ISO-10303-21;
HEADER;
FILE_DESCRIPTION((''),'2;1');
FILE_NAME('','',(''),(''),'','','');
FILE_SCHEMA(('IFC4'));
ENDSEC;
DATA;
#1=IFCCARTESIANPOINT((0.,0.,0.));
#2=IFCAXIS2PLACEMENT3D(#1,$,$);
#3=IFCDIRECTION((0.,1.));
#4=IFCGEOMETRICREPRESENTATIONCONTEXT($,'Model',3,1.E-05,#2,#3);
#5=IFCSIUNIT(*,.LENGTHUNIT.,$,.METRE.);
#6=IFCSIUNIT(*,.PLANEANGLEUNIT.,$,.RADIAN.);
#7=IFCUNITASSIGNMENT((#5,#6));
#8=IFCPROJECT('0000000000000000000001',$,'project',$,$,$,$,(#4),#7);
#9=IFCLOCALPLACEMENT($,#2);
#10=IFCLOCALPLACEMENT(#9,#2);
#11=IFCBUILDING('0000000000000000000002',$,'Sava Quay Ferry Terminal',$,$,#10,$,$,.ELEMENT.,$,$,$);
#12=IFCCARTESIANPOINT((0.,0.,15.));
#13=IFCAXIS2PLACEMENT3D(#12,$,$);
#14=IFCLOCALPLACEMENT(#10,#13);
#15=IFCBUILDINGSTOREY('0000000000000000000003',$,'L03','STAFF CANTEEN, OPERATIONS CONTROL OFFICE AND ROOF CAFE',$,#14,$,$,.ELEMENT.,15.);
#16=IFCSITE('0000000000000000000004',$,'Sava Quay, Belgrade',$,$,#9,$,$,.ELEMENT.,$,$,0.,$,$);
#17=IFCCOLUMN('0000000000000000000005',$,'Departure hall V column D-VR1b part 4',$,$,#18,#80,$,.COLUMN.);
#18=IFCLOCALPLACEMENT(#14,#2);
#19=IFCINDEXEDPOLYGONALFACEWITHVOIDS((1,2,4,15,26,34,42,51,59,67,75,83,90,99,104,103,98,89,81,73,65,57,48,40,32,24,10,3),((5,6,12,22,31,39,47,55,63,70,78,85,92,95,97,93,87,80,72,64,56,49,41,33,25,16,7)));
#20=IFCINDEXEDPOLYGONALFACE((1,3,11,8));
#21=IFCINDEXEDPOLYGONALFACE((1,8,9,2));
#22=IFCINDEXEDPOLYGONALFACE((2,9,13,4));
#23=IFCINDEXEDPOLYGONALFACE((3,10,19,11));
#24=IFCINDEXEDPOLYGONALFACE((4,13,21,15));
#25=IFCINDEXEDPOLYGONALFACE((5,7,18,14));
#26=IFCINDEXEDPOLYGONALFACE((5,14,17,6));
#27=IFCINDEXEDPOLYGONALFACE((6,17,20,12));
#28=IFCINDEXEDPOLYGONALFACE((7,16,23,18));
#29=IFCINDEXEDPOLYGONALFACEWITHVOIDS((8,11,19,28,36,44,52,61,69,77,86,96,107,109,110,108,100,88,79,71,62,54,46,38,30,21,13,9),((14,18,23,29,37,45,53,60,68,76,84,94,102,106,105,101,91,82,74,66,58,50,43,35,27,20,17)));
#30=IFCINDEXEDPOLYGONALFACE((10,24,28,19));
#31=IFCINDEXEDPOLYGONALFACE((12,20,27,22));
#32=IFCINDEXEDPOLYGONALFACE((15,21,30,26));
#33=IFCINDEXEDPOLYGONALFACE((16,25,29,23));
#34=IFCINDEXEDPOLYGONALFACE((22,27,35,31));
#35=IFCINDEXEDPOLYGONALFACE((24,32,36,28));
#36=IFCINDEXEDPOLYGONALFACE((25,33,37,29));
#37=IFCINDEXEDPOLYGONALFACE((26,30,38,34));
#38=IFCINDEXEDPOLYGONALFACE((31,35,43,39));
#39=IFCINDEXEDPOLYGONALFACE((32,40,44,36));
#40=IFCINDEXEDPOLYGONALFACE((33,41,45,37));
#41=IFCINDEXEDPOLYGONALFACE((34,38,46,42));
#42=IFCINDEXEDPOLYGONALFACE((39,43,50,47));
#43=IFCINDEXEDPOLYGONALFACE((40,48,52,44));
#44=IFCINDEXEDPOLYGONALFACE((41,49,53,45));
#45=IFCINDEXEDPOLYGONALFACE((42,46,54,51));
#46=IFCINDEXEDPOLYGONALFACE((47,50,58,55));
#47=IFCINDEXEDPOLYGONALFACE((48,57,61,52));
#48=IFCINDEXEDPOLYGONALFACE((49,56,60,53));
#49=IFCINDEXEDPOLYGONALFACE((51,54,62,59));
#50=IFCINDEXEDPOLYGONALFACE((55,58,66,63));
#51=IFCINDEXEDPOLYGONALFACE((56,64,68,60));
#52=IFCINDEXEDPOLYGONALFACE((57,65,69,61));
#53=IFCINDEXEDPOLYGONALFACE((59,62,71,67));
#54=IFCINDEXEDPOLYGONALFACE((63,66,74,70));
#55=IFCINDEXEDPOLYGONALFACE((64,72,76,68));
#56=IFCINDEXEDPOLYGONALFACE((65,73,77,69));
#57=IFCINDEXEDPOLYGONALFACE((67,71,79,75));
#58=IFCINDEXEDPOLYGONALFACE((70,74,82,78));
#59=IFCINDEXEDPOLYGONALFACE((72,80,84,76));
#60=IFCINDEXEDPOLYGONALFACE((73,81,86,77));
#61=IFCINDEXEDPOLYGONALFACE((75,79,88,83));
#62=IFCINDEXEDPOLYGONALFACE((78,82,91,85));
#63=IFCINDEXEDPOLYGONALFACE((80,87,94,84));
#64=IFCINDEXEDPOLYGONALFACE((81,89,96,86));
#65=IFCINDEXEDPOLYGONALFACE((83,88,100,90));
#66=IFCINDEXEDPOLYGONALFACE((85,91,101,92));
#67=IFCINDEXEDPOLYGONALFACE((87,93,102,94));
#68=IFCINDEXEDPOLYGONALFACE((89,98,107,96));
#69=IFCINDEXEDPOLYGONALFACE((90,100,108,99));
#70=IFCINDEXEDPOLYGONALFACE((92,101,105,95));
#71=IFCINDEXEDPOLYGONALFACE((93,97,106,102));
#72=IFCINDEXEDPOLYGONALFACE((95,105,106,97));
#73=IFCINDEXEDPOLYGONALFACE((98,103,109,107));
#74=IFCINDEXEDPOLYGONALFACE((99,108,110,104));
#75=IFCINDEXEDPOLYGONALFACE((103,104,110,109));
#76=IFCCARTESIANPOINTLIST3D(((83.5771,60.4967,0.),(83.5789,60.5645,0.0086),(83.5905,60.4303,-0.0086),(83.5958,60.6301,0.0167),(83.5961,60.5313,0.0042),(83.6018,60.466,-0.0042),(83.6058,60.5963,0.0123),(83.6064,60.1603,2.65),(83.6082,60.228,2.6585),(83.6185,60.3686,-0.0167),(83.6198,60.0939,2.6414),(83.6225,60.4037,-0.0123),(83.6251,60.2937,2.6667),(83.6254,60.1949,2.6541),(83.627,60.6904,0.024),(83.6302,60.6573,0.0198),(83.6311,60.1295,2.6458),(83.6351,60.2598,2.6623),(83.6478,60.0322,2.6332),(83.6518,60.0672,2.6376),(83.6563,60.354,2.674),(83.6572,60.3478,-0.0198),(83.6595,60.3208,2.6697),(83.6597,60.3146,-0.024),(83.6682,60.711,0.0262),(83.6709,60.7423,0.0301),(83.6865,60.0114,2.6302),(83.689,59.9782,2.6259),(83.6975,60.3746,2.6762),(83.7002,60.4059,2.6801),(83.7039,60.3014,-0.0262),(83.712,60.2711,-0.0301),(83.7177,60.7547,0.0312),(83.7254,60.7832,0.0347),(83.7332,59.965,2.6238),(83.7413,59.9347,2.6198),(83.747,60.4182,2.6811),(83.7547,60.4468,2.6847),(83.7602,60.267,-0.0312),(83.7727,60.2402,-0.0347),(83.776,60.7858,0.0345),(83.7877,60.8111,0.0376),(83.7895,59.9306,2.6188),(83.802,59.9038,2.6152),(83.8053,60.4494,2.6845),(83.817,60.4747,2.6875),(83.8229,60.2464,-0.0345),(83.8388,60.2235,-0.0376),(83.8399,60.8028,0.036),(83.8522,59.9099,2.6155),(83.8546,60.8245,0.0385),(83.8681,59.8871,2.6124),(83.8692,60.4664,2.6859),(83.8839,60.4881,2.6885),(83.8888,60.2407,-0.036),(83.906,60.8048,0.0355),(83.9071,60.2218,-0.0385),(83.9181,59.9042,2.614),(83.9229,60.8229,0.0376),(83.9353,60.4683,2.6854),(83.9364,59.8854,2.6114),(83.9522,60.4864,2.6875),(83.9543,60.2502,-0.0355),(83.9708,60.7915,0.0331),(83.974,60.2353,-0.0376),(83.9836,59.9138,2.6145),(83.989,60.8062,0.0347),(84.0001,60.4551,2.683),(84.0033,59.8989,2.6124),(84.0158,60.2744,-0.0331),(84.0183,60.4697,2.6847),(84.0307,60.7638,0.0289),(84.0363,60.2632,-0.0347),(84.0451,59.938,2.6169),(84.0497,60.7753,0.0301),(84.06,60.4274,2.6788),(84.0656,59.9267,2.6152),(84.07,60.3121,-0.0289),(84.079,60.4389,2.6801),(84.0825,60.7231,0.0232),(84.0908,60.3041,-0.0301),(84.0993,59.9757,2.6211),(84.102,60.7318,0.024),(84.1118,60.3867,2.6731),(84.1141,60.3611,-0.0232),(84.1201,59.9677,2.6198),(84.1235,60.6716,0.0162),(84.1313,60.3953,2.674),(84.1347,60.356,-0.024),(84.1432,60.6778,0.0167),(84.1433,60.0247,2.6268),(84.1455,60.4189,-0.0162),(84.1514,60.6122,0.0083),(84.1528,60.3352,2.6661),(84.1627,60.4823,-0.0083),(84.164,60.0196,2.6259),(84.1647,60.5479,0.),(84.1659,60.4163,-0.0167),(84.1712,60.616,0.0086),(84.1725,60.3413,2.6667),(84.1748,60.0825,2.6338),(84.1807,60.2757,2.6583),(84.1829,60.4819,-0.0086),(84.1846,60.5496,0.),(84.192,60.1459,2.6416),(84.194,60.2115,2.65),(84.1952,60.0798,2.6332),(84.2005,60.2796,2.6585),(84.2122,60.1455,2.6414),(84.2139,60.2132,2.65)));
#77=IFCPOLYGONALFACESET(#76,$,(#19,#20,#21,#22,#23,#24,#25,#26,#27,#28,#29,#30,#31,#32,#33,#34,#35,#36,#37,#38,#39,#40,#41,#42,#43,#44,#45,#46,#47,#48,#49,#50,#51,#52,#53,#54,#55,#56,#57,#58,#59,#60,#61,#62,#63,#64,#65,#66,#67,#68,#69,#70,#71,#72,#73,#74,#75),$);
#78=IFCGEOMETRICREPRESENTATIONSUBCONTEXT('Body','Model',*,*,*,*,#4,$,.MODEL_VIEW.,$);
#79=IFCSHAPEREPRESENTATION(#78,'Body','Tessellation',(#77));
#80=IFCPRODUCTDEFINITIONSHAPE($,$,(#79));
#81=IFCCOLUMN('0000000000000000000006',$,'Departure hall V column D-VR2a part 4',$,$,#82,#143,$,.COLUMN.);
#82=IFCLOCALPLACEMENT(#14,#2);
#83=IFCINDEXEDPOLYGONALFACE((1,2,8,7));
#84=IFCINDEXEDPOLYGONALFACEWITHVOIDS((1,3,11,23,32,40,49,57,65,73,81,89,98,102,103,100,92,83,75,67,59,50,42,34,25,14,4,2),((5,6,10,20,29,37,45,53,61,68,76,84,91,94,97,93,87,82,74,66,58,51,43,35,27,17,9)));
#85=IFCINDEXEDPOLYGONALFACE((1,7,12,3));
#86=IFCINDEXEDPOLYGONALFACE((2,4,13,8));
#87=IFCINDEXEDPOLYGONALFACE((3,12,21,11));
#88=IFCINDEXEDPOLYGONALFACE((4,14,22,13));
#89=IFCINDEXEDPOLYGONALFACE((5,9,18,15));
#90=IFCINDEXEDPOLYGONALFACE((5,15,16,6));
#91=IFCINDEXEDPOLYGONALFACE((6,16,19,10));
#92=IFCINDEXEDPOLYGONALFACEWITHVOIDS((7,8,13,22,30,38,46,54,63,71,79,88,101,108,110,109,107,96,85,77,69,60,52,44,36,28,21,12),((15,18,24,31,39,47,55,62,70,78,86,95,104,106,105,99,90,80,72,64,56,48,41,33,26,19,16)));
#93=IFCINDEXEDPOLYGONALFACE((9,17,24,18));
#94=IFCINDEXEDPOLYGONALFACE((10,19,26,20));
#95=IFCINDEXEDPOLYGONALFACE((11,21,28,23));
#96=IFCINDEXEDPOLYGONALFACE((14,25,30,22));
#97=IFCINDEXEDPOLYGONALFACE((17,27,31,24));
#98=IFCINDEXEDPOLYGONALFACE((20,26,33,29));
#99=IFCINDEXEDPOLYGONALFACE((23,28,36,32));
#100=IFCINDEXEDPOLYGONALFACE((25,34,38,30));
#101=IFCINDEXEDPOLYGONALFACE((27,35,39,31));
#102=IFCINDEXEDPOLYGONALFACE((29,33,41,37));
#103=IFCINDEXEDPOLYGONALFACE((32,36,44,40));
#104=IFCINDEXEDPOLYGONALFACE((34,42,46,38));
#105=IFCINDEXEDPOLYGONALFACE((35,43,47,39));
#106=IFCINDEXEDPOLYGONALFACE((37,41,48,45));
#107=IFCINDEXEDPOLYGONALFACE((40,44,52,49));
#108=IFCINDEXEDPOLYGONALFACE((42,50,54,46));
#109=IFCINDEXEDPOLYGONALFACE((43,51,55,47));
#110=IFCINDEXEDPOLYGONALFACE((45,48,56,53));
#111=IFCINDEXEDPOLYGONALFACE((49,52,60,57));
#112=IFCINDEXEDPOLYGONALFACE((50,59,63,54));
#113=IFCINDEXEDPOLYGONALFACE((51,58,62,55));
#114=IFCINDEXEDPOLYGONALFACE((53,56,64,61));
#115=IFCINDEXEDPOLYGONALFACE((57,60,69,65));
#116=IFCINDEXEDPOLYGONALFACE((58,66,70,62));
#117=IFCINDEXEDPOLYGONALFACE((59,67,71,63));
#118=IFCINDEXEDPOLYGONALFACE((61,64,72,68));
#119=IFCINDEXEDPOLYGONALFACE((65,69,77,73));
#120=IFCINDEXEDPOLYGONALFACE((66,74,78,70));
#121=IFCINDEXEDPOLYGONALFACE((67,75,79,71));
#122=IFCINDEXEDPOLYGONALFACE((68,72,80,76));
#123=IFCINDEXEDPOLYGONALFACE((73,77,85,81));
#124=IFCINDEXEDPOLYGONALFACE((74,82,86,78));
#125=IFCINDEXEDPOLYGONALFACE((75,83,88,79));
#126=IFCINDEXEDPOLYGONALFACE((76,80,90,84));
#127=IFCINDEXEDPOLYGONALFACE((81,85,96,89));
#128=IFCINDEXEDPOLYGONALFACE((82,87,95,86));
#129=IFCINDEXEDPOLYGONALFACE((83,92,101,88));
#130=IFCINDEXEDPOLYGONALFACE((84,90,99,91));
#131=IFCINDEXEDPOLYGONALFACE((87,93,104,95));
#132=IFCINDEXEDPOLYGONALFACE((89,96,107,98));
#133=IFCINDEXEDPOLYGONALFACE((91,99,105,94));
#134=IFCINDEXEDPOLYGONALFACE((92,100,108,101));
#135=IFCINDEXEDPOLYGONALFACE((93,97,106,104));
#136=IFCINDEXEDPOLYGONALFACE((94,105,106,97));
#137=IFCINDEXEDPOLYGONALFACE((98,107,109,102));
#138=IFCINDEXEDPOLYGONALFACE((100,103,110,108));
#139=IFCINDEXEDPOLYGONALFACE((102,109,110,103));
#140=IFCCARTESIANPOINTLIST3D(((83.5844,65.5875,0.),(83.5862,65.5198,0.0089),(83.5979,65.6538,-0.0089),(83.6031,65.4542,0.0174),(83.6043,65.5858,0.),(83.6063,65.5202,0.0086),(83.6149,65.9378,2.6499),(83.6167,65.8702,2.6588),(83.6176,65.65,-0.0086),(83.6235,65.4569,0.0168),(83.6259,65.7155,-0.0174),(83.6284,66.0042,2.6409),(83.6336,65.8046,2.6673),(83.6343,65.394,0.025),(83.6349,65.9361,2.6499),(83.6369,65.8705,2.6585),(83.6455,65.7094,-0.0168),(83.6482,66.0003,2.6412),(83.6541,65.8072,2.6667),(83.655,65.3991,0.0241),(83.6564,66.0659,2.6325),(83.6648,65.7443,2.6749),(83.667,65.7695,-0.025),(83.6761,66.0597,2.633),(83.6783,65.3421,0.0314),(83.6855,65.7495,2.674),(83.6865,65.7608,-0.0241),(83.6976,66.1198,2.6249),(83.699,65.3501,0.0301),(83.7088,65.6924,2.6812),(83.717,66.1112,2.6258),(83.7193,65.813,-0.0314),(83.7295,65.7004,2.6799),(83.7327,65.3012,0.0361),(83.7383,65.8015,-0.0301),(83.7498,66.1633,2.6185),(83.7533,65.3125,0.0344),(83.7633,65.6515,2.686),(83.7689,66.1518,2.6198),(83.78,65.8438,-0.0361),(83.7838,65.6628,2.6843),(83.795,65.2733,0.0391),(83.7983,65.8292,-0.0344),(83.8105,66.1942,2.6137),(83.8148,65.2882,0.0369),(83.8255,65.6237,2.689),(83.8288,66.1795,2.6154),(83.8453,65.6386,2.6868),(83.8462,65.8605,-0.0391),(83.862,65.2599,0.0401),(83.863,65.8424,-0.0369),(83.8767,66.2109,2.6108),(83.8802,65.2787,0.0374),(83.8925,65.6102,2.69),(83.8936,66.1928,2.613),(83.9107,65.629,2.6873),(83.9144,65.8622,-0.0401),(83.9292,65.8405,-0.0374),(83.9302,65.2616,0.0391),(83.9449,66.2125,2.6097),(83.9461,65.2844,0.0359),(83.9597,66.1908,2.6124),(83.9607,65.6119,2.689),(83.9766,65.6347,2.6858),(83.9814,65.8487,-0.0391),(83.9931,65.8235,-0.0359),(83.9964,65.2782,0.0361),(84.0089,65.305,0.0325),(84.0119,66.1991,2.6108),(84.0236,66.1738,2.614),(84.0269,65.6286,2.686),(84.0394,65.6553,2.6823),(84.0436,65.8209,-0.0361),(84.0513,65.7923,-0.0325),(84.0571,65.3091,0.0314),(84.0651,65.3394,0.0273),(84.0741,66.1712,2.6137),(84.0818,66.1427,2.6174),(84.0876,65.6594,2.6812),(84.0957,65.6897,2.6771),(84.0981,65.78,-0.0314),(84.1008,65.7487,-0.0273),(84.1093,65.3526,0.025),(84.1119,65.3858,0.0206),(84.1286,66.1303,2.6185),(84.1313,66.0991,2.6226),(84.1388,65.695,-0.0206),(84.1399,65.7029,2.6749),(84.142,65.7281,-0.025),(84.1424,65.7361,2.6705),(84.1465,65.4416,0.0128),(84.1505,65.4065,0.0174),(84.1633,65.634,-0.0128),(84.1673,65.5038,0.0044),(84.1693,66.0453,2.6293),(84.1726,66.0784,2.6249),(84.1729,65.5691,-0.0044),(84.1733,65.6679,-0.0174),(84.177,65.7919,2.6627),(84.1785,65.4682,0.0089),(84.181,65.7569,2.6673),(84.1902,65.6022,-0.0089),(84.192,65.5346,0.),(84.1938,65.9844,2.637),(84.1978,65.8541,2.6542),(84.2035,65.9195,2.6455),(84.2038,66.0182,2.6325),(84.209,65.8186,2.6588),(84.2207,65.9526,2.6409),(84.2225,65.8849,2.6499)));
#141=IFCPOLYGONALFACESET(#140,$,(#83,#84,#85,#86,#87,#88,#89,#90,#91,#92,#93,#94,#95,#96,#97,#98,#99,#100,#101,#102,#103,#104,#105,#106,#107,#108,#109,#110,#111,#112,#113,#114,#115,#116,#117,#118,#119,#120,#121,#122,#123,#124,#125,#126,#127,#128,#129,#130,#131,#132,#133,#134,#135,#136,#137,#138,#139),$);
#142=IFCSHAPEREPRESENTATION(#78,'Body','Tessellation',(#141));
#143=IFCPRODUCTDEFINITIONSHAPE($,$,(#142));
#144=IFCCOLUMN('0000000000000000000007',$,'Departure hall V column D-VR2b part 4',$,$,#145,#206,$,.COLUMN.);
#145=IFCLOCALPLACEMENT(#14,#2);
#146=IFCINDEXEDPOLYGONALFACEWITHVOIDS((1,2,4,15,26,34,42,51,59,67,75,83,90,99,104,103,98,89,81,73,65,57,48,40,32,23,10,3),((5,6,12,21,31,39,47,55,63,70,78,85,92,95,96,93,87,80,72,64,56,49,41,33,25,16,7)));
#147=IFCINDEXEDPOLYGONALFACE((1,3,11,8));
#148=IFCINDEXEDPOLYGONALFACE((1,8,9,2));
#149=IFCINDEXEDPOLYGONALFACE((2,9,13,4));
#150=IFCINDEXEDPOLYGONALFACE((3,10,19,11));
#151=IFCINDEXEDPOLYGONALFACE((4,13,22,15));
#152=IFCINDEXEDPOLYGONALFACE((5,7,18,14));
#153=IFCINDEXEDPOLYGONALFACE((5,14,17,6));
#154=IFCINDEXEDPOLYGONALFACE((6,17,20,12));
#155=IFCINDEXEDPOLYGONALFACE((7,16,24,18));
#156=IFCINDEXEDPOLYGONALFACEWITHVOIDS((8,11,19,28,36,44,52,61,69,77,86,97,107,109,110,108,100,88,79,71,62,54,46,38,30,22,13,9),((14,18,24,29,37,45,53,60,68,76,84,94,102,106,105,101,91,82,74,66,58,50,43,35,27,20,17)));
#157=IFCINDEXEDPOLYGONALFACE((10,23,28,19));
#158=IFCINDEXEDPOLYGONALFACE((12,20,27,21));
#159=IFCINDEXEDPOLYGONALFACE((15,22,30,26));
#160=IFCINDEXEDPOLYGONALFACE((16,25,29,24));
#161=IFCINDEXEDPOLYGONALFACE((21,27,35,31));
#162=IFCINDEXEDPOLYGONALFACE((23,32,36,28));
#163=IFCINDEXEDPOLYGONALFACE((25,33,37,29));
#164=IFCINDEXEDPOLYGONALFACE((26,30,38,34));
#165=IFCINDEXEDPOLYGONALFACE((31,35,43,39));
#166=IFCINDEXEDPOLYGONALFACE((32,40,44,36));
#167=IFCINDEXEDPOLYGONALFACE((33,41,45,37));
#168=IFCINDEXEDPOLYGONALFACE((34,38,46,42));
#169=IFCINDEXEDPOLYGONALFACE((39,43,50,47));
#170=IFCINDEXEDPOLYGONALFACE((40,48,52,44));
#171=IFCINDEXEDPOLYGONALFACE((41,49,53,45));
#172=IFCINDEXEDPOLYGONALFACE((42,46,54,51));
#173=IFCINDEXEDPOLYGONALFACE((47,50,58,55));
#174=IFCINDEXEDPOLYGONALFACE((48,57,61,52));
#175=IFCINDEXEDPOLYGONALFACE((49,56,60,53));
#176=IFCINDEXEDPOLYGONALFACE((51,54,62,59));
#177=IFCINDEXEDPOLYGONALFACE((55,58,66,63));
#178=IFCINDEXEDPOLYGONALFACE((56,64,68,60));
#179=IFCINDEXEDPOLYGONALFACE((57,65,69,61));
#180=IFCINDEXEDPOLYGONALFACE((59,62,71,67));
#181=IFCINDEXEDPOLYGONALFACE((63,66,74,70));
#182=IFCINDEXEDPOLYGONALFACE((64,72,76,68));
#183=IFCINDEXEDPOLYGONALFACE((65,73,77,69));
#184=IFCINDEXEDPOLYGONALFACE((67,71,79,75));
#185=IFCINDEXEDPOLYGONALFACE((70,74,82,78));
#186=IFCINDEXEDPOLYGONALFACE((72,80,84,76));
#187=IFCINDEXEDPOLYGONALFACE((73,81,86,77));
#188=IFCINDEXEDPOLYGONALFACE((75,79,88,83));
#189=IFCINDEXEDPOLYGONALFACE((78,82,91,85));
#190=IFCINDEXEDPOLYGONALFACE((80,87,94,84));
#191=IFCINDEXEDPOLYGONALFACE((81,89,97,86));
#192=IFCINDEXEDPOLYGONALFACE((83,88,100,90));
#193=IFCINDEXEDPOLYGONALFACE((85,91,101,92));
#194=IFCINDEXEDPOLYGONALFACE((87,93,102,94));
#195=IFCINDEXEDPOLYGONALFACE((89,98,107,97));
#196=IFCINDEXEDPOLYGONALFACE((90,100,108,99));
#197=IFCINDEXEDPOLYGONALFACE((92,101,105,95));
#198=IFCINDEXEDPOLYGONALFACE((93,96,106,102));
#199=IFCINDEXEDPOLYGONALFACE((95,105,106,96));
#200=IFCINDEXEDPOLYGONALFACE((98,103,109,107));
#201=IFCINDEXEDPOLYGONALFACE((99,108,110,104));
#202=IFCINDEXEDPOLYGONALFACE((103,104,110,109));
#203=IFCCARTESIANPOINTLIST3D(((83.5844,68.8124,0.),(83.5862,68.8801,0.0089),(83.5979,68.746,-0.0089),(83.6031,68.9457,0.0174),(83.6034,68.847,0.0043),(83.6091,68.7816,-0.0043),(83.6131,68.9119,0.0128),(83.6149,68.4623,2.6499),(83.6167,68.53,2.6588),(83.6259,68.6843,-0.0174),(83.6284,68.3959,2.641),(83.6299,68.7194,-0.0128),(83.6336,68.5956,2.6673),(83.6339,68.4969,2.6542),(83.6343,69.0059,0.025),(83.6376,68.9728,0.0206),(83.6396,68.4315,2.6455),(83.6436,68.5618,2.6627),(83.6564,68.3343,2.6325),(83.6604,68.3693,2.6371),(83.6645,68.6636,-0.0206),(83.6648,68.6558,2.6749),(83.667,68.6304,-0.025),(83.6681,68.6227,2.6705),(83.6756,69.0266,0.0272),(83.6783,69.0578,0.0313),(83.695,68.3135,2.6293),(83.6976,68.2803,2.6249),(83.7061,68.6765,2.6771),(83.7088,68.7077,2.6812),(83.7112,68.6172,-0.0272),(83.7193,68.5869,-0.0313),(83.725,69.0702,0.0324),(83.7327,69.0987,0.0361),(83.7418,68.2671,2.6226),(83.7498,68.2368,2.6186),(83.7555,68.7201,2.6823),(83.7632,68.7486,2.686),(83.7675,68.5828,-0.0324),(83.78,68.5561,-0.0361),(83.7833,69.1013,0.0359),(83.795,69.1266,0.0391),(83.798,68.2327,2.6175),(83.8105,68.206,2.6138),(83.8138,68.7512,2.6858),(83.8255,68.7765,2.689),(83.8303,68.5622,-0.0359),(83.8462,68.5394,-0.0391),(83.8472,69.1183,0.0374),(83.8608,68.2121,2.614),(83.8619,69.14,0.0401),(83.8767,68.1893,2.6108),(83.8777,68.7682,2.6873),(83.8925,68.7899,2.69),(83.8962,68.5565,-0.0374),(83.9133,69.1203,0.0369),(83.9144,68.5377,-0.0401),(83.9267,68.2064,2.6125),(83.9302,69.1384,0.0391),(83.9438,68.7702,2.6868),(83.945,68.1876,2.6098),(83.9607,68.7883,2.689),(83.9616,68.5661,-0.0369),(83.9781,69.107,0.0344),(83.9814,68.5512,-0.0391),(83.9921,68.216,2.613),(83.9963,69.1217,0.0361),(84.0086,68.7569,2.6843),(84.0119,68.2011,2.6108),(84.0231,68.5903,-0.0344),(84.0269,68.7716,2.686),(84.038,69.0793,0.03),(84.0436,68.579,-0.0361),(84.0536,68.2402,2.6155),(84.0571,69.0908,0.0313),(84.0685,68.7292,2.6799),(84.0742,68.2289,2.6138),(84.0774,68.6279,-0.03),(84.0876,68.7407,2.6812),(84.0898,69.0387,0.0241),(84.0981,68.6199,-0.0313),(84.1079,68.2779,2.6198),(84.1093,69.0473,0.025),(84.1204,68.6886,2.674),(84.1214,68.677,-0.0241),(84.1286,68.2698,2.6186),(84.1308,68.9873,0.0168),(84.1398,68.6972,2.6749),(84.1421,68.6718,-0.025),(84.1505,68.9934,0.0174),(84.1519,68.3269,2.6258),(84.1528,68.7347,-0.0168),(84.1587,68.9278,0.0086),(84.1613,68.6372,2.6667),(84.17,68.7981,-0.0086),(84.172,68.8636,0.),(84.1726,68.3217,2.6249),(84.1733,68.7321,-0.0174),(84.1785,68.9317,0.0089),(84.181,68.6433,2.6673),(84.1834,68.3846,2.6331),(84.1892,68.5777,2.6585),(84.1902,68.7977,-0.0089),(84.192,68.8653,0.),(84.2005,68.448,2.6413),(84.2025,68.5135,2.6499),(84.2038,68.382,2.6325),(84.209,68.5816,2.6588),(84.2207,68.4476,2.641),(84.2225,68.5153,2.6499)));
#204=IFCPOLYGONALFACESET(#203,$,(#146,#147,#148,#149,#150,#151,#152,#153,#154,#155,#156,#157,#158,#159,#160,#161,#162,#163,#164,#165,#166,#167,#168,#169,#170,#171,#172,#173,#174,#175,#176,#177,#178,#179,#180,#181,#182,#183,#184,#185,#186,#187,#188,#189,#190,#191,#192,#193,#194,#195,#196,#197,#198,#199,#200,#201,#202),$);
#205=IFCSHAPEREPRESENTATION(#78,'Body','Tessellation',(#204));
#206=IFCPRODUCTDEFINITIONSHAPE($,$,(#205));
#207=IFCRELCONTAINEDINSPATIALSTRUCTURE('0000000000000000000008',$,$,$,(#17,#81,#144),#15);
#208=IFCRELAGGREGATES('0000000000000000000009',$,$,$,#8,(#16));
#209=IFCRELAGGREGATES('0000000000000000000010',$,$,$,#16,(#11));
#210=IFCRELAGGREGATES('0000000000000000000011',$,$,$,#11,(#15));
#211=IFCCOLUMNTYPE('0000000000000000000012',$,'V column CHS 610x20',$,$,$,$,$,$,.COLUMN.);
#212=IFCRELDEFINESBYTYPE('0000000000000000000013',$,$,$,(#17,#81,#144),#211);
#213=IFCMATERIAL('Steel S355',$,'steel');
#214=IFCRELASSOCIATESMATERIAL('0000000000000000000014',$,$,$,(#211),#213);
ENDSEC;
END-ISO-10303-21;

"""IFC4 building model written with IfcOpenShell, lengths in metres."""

from ifc_helpers import new_model, si_unit, direction, frame, origin, origin_2d, place, context, subcontext, project, spatial, hollow_circle, extrude, material, material_profile, profile_set, type_object, element, save


model = new_model("IFC4")

# Units and contexts
model_context = context("Model", 3, precision=1e-05, world=origin(), true_north=direction((0.0, 1.0)))
body_context = subcontext(model_context, "Body", "Model", "MODEL_VIEW")
ifc_project = project(units=[si_unit("LENGTHUNIT", "METRE"), si_unit("PLANEANGLEUNIT", "RADIAN")], contexts=[model_context])

# Site, building, storey
site_placement = place(None, origin())
site = spatial("IfcSite", under=ifc_project, at=site_placement, Name="Sava Quay, Belgrade", CompositionType="ELEMENT", RefElevation=0.0)
building_placement = place(site_placement, origin())
building = spatial("IfcBuilding", under=site, at=building_placement, Name="Sava Quay Ferry Terminal", CompositionType="ELEMENT")
storey_placement = place(building_placement, frame((0.0, 0.0, 15.0)))
storey = spatial("IfcBuildingStorey", under=building, at=storey_placement, Name="L03", Description="STAFF CANTEEN, OPERATIONS CONTROL OFFICE AND ROOF CAFE", CompositionType="ELEMENT", Elevation=15.0)

# Columns
ifc_material_1 = material(Name="Steel S355", Category="steel")
ifc_material_profile_1 = material_profile(ifc_material_1, hollow_circle(Radius=0.3049, WallThickness=0.02, at=origin_2d()), Name="CHS 610 x 20.0")
ifc_profile_set_1 = profile_set([ifc_material_profile_1], Name="Steel S355")
column_type = type_object("IfcColumnType", Name="V column CHS 610x20", PredefinedType="COLUMN", material=ifc_profile_set_1)
column_placement = place(storey_placement, frame((83.8809, 60.5232, 0.0), z_axis=(0.010967, -0.125939, 0.991977), x_axis=(0.99623, 0.086754, 0.0)))
element("IfcColumn", 1, at=column_placement, inside=storey, type_object=column_type, Name="Departure hall V column D-VR1b part 4", PredefinedType="COLUMN", context=body_context, shape_type="SweptSolid", body=[
    extrude(hollow_circle(Radius=0.3049, WallThickness=0.02, at=origin_2d()), origin(), (0.0, 0.0, 1.0), 2.6714),
])
for number, where, z_axis, x_axis, name in (
    (2, (83.8882, 65.561, 0.0), (0.011416, 0.13106, 0.991309), (-0.996228, 0.086779, 0.0), "Departure hall V column D-VR2a part 4"),
    (3, (83.8882, 68.8389, 0.0), (0.011417, -0.13097, 0.991321), (0.996222, 0.086839, 0.0), "Departure hall V column D-VR2b part 4"),
):
    element("IfcColumn", number, at=place(storey_placement, frame(where, z_axis=z_axis, x_axis=x_axis)), inside=storey, type_object=column_type, Name=name, PredefinedType="COLUMN", context=body_context, shape_type="SweptSolid", body=[
        extrude(hollow_circle(Radius=0.3049, WallThickness=0.02, at=origin_2d()), origin(), (0.0, 0.0, 1.0), 2.6731),
    ])

save(model, "model.ifc")
